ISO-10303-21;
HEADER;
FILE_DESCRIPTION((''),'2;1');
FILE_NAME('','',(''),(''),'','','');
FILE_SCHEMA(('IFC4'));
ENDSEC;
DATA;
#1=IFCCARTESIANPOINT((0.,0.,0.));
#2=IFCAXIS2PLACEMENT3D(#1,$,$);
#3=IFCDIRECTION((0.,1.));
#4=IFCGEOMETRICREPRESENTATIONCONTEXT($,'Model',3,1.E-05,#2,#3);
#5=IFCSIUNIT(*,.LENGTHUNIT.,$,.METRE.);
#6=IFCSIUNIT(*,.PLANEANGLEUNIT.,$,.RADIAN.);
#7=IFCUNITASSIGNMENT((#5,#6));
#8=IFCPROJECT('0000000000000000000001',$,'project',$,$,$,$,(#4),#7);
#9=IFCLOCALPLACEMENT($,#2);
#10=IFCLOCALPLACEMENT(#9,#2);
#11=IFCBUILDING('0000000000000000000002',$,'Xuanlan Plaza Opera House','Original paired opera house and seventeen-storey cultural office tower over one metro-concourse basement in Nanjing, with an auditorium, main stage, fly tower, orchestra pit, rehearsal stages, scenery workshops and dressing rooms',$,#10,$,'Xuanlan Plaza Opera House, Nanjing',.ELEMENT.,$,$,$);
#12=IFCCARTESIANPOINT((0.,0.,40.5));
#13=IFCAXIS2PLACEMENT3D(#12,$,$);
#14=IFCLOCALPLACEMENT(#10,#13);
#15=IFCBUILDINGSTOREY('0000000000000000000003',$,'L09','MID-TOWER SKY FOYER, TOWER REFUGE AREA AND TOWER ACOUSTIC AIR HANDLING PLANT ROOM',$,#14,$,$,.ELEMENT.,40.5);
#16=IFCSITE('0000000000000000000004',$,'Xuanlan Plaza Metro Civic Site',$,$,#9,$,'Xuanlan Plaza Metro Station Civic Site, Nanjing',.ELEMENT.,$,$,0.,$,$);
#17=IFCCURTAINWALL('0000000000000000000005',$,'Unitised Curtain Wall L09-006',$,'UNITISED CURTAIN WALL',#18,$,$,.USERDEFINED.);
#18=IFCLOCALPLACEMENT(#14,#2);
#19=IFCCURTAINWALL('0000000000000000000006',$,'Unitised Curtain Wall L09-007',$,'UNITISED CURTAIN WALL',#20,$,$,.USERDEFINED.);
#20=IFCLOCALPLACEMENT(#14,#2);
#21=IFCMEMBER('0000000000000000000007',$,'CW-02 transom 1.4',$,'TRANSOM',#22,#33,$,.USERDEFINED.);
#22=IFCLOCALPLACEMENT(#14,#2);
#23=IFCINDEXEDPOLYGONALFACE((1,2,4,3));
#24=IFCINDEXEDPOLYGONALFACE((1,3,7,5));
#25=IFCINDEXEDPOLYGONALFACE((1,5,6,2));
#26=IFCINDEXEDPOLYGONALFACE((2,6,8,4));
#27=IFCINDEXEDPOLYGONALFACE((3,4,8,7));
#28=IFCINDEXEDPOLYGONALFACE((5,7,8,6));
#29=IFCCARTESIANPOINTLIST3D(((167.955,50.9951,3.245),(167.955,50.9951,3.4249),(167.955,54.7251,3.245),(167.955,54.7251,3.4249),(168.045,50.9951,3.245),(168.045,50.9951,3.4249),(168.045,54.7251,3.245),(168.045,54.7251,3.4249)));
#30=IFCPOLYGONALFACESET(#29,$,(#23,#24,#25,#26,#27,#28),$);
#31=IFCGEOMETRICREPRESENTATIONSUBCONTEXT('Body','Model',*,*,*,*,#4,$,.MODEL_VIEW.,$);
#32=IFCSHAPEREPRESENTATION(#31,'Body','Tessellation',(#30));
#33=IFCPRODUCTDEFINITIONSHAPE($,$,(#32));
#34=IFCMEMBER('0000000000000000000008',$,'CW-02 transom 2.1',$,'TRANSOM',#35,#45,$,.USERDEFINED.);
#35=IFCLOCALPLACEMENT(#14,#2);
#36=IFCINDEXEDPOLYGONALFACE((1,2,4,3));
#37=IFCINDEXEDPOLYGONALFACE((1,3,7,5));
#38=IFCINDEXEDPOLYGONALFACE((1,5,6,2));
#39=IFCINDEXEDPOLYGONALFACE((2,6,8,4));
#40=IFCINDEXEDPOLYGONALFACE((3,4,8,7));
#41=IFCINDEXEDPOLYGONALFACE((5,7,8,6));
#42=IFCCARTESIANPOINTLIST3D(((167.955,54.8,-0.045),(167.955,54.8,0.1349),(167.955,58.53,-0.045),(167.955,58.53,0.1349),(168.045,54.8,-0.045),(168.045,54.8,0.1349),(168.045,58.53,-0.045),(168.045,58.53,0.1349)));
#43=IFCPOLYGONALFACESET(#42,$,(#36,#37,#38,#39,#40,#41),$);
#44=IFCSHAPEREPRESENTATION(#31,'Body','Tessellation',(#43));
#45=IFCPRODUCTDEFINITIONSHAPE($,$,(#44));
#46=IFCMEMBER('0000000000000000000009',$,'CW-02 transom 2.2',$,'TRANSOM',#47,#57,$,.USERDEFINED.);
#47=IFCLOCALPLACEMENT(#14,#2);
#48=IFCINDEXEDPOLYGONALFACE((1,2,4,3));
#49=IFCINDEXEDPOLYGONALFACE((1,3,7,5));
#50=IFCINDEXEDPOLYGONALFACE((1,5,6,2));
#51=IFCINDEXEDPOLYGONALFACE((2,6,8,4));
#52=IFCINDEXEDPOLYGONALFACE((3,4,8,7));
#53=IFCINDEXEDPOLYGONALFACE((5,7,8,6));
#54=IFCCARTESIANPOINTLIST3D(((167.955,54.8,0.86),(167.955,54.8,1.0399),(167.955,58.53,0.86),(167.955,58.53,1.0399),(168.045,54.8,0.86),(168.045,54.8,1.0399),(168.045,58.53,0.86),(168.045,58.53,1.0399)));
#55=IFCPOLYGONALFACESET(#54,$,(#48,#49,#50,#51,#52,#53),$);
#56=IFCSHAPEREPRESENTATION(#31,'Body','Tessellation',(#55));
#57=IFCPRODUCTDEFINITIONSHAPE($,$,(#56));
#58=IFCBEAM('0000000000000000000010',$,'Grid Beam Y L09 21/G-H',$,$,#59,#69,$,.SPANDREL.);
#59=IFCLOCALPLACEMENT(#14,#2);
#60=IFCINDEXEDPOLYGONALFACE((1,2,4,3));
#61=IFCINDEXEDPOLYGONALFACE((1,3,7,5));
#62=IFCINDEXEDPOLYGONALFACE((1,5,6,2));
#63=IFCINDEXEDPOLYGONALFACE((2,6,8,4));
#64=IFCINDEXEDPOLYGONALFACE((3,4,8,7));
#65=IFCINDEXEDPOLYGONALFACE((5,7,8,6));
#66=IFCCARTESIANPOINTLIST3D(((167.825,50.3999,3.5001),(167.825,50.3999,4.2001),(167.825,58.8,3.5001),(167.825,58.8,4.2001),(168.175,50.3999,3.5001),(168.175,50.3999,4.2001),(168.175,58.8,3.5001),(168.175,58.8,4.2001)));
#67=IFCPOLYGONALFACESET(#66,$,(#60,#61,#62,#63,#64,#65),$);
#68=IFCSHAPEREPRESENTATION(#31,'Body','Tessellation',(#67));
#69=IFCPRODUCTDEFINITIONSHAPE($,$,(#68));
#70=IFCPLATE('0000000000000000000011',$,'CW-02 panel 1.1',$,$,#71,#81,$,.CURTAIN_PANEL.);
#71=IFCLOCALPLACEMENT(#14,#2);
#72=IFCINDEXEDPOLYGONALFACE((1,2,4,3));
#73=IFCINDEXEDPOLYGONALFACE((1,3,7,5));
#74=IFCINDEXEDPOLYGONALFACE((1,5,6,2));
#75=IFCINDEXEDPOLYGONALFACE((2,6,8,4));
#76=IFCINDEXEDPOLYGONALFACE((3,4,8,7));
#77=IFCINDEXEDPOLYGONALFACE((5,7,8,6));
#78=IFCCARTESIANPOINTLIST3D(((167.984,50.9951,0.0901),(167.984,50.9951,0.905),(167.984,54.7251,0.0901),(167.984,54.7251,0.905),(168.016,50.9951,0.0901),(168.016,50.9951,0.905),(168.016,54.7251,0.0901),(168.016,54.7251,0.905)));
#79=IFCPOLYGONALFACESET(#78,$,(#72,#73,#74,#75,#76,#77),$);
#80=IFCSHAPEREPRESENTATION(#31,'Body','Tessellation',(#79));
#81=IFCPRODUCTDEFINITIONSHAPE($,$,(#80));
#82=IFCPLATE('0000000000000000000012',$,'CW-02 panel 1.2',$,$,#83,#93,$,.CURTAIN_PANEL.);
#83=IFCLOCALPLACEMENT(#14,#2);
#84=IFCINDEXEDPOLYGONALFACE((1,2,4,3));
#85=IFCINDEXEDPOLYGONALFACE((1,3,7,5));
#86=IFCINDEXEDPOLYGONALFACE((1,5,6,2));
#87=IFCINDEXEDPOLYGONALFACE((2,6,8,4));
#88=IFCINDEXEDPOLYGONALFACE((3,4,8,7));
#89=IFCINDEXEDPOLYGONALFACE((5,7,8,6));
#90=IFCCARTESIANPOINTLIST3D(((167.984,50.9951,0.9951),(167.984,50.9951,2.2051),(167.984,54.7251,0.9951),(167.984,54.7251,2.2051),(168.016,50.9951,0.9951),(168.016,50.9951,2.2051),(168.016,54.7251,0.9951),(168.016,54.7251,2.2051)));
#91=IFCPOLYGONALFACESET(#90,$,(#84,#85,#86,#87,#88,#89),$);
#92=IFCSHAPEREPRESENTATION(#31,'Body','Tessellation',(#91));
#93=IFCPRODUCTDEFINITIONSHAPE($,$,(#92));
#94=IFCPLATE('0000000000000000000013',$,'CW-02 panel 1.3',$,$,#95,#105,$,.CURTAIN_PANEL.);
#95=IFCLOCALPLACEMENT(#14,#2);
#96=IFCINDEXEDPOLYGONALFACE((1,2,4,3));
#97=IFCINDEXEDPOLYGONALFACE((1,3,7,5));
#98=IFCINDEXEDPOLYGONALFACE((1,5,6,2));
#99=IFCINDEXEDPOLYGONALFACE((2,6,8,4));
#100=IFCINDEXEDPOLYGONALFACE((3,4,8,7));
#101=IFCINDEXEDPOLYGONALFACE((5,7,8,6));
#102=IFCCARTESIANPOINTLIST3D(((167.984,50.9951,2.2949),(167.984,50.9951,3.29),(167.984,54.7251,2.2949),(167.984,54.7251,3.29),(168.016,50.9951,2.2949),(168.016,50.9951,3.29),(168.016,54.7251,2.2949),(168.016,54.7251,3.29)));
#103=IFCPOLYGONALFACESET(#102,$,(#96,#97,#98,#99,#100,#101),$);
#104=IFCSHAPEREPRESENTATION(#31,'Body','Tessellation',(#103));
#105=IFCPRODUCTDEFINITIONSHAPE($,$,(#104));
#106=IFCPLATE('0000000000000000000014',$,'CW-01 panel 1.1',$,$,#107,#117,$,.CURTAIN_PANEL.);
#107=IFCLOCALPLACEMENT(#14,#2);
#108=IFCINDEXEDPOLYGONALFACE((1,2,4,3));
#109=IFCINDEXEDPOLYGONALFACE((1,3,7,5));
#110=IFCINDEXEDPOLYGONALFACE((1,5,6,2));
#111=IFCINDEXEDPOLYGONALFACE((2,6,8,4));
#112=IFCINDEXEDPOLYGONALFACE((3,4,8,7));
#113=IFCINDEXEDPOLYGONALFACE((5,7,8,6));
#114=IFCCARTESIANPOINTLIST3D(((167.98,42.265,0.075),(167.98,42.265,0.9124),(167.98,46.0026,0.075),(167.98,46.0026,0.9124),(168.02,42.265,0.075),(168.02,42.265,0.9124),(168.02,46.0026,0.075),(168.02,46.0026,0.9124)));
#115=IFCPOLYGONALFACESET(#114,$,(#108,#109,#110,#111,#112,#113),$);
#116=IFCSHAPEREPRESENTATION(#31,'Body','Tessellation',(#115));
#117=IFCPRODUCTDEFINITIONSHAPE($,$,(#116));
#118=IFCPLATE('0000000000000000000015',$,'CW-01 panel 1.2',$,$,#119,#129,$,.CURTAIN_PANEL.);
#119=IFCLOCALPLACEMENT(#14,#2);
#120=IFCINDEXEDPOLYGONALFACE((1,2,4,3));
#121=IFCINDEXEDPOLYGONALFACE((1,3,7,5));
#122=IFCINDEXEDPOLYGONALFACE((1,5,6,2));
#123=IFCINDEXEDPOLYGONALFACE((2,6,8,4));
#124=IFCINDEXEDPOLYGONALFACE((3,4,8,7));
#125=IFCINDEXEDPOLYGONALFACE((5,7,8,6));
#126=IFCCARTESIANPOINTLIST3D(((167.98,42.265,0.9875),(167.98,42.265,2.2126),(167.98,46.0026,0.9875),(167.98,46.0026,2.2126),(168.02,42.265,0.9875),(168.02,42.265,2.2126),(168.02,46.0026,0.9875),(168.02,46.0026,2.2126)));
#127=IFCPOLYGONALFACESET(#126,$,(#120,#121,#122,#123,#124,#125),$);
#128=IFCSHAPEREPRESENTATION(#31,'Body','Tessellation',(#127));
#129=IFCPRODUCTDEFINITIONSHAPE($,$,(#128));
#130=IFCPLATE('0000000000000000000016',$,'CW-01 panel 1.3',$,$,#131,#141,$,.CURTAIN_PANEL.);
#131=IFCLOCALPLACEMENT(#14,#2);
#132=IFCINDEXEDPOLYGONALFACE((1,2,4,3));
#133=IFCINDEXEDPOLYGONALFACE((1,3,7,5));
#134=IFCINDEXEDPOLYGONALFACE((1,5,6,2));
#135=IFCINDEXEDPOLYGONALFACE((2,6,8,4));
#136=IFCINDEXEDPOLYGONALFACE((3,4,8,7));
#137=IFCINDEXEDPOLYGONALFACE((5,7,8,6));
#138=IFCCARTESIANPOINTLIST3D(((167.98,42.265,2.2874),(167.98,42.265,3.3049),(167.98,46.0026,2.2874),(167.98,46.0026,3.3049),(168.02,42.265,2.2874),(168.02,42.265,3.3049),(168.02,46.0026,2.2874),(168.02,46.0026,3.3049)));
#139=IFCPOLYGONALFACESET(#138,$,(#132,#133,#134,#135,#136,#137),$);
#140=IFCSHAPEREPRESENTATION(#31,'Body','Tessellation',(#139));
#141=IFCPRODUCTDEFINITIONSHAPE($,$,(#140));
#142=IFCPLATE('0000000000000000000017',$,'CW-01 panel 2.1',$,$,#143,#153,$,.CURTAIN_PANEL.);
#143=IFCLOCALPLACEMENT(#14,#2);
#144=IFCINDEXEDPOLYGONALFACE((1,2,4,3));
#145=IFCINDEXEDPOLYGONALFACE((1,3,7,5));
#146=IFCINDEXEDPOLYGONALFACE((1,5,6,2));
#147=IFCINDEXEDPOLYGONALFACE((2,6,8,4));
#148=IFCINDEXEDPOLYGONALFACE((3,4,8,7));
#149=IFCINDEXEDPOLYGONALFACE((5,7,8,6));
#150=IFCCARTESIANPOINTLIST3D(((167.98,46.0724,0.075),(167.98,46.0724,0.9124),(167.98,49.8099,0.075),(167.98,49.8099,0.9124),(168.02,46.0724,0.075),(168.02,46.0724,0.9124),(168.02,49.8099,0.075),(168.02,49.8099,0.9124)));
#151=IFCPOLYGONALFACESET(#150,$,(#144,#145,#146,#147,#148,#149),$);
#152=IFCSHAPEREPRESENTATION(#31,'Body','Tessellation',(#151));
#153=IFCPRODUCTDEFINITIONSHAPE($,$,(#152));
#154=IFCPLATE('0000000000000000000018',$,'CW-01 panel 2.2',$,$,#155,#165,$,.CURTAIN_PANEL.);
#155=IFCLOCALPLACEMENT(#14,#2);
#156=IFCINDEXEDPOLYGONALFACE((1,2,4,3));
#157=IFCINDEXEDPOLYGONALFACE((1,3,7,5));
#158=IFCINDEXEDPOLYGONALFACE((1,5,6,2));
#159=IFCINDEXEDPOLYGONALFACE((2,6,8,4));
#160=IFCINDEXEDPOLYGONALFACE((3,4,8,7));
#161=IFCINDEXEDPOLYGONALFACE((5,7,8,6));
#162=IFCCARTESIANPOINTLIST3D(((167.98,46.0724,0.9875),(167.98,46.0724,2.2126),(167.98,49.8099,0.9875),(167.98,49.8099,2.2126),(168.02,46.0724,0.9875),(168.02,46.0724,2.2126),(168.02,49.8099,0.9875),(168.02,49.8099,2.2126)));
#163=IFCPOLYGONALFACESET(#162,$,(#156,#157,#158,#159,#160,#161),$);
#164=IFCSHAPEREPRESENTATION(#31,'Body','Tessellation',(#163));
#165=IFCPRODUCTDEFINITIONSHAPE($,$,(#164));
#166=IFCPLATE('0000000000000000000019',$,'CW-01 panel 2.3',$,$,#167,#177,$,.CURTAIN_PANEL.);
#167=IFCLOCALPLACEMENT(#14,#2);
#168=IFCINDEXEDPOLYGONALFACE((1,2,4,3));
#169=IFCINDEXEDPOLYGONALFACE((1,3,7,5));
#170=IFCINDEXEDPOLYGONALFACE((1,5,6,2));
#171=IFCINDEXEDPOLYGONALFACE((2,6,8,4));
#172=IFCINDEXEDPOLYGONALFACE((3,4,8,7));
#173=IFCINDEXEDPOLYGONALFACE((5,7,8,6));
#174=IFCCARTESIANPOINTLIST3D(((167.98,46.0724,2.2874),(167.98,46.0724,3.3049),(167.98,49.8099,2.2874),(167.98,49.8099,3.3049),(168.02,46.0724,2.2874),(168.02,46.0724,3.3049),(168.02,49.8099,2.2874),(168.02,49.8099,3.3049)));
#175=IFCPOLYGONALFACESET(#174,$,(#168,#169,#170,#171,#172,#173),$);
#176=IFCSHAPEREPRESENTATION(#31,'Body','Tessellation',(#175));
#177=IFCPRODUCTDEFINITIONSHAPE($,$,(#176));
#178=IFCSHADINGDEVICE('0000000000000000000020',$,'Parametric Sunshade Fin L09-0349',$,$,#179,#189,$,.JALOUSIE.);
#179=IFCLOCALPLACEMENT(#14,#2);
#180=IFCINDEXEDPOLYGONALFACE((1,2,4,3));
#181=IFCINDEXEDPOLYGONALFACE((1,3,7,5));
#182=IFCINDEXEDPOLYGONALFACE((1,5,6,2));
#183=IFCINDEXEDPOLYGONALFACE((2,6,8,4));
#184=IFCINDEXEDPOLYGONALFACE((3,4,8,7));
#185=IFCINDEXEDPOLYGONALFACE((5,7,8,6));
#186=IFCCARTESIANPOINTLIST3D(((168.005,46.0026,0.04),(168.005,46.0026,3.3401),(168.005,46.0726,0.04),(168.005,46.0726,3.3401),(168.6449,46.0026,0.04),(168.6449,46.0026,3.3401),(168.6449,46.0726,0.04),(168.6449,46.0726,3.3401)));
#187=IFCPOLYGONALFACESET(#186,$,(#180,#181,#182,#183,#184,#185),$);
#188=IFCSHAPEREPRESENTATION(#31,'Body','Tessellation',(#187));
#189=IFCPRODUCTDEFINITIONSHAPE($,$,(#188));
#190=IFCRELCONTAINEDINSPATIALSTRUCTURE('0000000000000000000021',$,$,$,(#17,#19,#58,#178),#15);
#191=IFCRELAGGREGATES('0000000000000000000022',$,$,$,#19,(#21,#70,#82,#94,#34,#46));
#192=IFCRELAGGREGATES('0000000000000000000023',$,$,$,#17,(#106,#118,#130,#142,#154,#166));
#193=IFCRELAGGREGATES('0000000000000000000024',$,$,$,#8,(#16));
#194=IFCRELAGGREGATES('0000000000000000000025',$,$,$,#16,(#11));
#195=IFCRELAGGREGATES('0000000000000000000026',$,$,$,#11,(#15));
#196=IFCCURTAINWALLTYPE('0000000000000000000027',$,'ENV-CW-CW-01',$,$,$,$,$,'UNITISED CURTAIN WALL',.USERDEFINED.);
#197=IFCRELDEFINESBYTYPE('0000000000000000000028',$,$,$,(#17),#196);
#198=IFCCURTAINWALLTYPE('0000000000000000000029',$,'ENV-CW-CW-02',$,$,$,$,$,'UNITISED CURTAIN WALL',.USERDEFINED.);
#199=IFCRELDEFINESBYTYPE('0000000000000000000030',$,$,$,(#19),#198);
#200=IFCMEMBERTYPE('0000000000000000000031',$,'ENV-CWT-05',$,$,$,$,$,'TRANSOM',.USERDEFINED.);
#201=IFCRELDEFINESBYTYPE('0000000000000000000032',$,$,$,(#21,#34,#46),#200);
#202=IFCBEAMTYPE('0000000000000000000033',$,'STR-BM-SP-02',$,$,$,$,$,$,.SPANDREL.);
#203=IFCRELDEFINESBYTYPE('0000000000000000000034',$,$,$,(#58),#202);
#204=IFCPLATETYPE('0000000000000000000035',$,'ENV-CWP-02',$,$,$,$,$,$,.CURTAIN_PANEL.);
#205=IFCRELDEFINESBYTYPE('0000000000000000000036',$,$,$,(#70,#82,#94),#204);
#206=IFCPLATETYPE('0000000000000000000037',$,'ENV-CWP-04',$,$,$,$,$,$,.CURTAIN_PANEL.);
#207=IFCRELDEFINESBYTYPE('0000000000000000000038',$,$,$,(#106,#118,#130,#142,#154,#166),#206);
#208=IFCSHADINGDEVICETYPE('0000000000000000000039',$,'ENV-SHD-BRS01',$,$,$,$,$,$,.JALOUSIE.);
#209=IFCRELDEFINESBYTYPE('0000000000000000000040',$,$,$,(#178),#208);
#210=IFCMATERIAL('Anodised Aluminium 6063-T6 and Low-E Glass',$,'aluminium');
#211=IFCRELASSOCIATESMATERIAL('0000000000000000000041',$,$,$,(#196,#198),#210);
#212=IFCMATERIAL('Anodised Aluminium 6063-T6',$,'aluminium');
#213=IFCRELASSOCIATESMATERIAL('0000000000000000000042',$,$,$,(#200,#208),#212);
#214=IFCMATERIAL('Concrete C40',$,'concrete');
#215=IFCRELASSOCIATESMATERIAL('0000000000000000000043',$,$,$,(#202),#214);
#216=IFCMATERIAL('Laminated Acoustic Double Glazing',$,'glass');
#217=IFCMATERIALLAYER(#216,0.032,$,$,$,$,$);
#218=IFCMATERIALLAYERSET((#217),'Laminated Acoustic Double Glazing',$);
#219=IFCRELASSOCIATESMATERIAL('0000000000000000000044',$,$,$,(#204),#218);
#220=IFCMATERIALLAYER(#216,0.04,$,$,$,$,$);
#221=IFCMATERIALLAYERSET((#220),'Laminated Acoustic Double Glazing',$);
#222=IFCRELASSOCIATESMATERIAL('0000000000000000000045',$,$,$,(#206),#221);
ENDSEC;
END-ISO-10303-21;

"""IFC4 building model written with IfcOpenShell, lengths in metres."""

from ifc_helpers import new_model, si_unit, direction, frame, origin, origin_2d, place, context, subcontext, project, spatial, rectangle, extrude, material, layer, layer_set, material_profile, profile_set, type_object, element, aggregate, save


model = new_model("IFC4")

# Units and contexts
model_context = context("Model", 3, precision=1e-05, world=origin(), true_north=direction((0.0, 1.0)))
body_context = subcontext(model_context, "Body", "Model", "MODEL_VIEW")
ifc_project = project(units=[si_unit("LENGTHUNIT", "METRE"), si_unit("PLANEANGLEUNIT", "RADIAN")], contexts=[model_context])

# Site, building, storey
site_placement = place(None, origin())
site = spatial("IfcSite", under=ifc_project, at=site_placement, Name="Xuanlan Plaza Metro Civic Site", LongName="Xuanlan Plaza Metro Station Civic Site, Nanjing", CompositionType="ELEMENT", RefElevation=0.0)
building_placement = place(site_placement, origin())
building = spatial("IfcBuilding", under=site, at=building_placement, Name="Xuanlan Plaza Opera House", Description="Original paired opera house and seventeen-storey cultural office tower over one metro-concourse basement in Nanjing, with an auditorium, main stage, fly tower, orchestra pit, rehearsal stages, scenery workshops and dressing rooms", LongName="Xuanlan Plaza Opera House, Nanjing", CompositionType="ELEMENT")
storey_placement = place(building_placement, frame((0.0, 0.0, 40.5)))
storey = spatial("IfcBuildingStorey", under=building, at=storey_placement, Name="L09", Description="MID-TOWER SKY FOYER, TOWER REFUGE AREA AND TOWER ACOUSTIC AIR HANDLING PLANT ROOM", CompositionType="ELEMENT", Elevation=40.5)

# Curtain walls
ifc_material_1 = material(Name="Anodised Aluminium 6063-T6 and Low-E Glass", Category="aluminium")
curtain_wall_type_1 = type_object("IfcCurtainWallType", Name="ENV-CW-CW-01", ElementType="UNITISED CURTAIN WALL", PredefinedType="USERDEFINED", material=ifc_material_1)
curtain_wall_1_placement = place(storey_placement, origin())
curtain_wall_1 = element("IfcCurtainWall", 1, at=curtain_wall_1_placement, inside=storey, type_object=curtain_wall_type_1, Name="Unitised Curtain Wall L09-006", ObjectType="UNITISED CURTAIN WALL", PredefinedType="USERDEFINED")
ifc_material_2 = material(Name="Anodised Aluminium 6063-T6", Category="aluminium")
curtain_wall_type_2 = type_object("IfcCurtainWallType", Name="ENV-CW-CW-02", ElementType="UNITISED CURTAIN WALL", PredefinedType="USERDEFINED", material=ifc_material_1)
curtain_wall_2_placement = place(storey_placement, origin())
curtain_wall_2 = element("IfcCurtainWall", 2, at=curtain_wall_2_placement, inside=storey, type_object=curtain_wall_type_2, Name="Unitised Curtain Wall L09-007", ObjectType="UNITISED CURTAIN WALL", PredefinedType="USERDEFINED")

# Members
ifc_material_profile_1 = material_profile(ifc_material_2, rectangle(XDim=0.0901, YDim=0.1799, at=origin_2d()), Name="ALU-T 90x180")
ifc_profile_set_1 = profile_set([ifc_material_profile_1], Name="Anodised Aluminium 6063-T6")
member_type_1 = type_object("IfcMemberType", Name="ENV-CWT-05", ElementType="TRANSOM", PredefinedType="USERDEFINED", material=ifc_profile_set_1)
member_1_placement = place(storey_placement, frame((168.0, 50.9951, 3.335), z_axis=(0.0, 1.0, 0.0), x_axis=(-1.0, 0.0, 0.0)))
member_1 = element("IfcMember", 3, at=member_1_placement, type_object=member_type_1, Name="CW-02 transom 1.4", ObjectType="TRANSOM", PredefinedType="USERDEFINED", context=body_context, shape_type="SweptSolid", body=[
    extrude(rectangle(XDim=0.0901, YDim=0.1799, at=origin_2d()), origin(), (0.0, 0.0, 1.0), 3.73),
])
member_2_placement = place(storey_placement, frame((168.0, 54.8, 0.0449), z_axis=(0.0, 1.0, 0.0), x_axis=(-1.0, 0.0, 0.0)))
member_2 = element("IfcMember", 4, at=member_2_placement, type_object=member_type_1, Name="CW-02 transom 2.1", ObjectType="TRANSOM", PredefinedType="USERDEFINED", context=body_context, shape_type="SweptSolid", body=[
    extrude(rectangle(XDim=0.0901, YDim=0.1799, at=origin_2d()), origin(), (0.0, 0.0, 1.0), 3.73),
])
member_3_placement = place(storey_placement, frame((168.0, 54.8, 0.95), z_axis=(0.0, 1.0, 0.0), x_axis=(-1.0, 0.0, 0.0)))
member_3 = element("IfcMember", 5, at=member_3_placement, type_object=member_type_1, Name="CW-02 transom 2.2", ObjectType="TRANSOM", PredefinedType="USERDEFINED", context=body_context, shape_type="SweptSolid", body=[
    extrude(rectangle(XDim=0.0901, YDim=0.1799, at=origin_2d()), origin(), (0.0, 0.0, 1.0), 3.73),
])

# Beam
ifc_material_3 = material(Name="Concrete C40", Category="concrete")
ifc_material_profile_2 = material_profile(ifc_material_3, rectangle(XDim=0.3501, YDim=0.7, at=origin_2d()), Name="RC-SPD 350x700")
ifc_profile_set_2 = profile_set([ifc_material_profile_2], Name="Concrete C40")
beam_type = type_object("IfcBeamType", Name="STR-BM-SP-02", PredefinedType="SPANDREL", material=ifc_profile_set_2)
beam_placement = place(storey_placement, frame((168.0, 50.3999, 3.8501), z_axis=(0.0, 1.0, 0.0), x_axis=(-1.0, 0.0, 0.0)))
element("IfcBeam", 6, at=beam_placement, inside=storey, type_object=beam_type, Name="Grid Beam Y L09 21/G-H", PredefinedType="SPANDREL", context=body_context, shape_type="SweptSolid", body=[
    extrude(rectangle(XDim=0.3501, YDim=0.7, at=origin_2d()), origin(), (0.0, 0.0, 1.0), 8.4001),
])

# Plates
ifc_material_4 = material(Name="Laminated Acoustic Double Glazing", Category="glass")
ifc_layer_1 = layer(ifc_material_4, 0.032)
ifc_layer_set_1 = layer_set([ifc_layer_1], Name="Laminated Acoustic Double Glazing")
plate_type_1 = type_object("IfcPlateType", Name="ENV-CWP-02", PredefinedType="CURTAIN_PANEL", material=ifc_layer_set_1)
plate_1_placement = place(storey_placement, frame((168.0, 52.8601, 0.0901), z_axis=(0.0, 0.0, 1.0), x_axis=(0.0, 1.0, 0.0)))
plate_1 = element("IfcPlate", 7, at=plate_1_placement, type_object=plate_type_1, Name="CW-02 panel 1.1", PredefinedType="CURTAIN_PANEL", context=body_context, shape_type="SweptSolid", body=[
    extrude(rectangle(XDim=3.73, YDim=0.032, at=origin_2d()), origin(), (0.0, 0.0, 1.0), 0.8149),
])
plate_2_placement = place(storey_placement, frame((168.0, 52.8601, 0.9951), z_axis=(0.0, 0.0, 1.0), x_axis=(0.0, 1.0, 0.0)))
plate_2 = element("IfcPlate", 8, at=plate_2_placement, type_object=plate_type_1, Name="CW-02 panel 1.2", PredefinedType="CURTAIN_PANEL", context=body_context, shape_type="SweptSolid", body=[
    extrude(rectangle(XDim=3.73, YDim=0.032, at=origin_2d()), origin(), (0.0, 0.0, 1.0), 1.21),
])
plate_3_placement = place(storey_placement, frame((168.0, 52.8601, 2.2949), z_axis=(0.0, 0.0, 1.0), x_axis=(0.0, 1.0, 0.0)))
plate_3 = element("IfcPlate", 9, at=plate_3_placement, type_object=plate_type_1, Name="CW-02 panel 1.3", PredefinedType="CURTAIN_PANEL", context=body_context, shape_type="SweptSolid", body=[
    extrude(rectangle(XDim=3.73, YDim=0.032, at=origin_2d()), origin(), (0.0, 0.0, 1.0), 0.9951),
])
aggregate(curtain_wall_2, [member_1, plate_1, plate_2, plate_3, member_2, member_3])
ifc_layer_2 = layer(ifc_material_4, 0.04)
ifc_layer_set_2 = layer_set([ifc_layer_2], Name="Laminated Acoustic Double Glazing")
plate_type_2 = type_object("IfcPlateType", Name="ENV-CWP-04", PredefinedType="CURTAIN_PANEL", material=ifc_layer_set_2)
plate_4_placement = place(storey_placement, frame((168.0, 44.1338, 0.075), z_axis=(0.0, 0.0, 1.0), x_axis=(0.0, 1.0, 0.0)))
plate_4 = element("IfcPlate", 10, at=plate_4_placement, type_object=plate_type_2, Name="CW-01 panel 1.1", PredefinedType="CURTAIN_PANEL", context=body_context, shape_type="SweptSolid", body=[
    extrude(rectangle(XDim=3.7375, YDim=0.04, at=origin_2d()), origin(), (0.0, 0.0, 1.0), 0.8374),
])
plate_5_placement = place(storey_placement, frame((168.0, 44.1338, 0.9875), z_axis=(0.0, 0.0, 1.0), x_axis=(0.0, 1.0, 0.0)))
plate_5 = element("IfcPlate", 11, at=plate_5_placement, type_object=plate_type_2, Name="CW-01 panel 1.2", PredefinedType="CURTAIN_PANEL", context=body_context, shape_type="SweptSolid", body=[
    extrude(rectangle(XDim=3.7375, YDim=0.04, at=origin_2d()), origin(), (0.0, 0.0, 1.0), 1.2251),
])
plate_6_placement = place(storey_placement, frame((168.0, 44.1338, 2.2874), z_axis=(0.0, 0.0, 1.0), x_axis=(0.0, 1.0, 0.0)))
plate_6 = element("IfcPlate", 12, at=plate_6_placement, type_object=plate_type_2, Name="CW-01 panel 1.3", PredefinedType="CURTAIN_PANEL", context=body_context, shape_type="SweptSolid", body=[
    extrude(rectangle(XDim=3.7375, YDim=0.04, at=origin_2d()), origin(), (0.0, 0.0, 1.0), 1.0176),
])
plate_7_placement = place(storey_placement, frame((168.0, 47.9412, 0.075), z_axis=(0.0, 0.0, 1.0), x_axis=(0.0, 1.0, 0.0)))
plate_7 = element("IfcPlate", 13, at=plate_7_placement, type_object=plate_type_2, Name="CW-01 panel 2.1", PredefinedType="CURTAIN_PANEL", context=body_context, shape_type="SweptSolid", body=[
    extrude(rectangle(XDim=3.7375, YDim=0.04, at=origin_2d()), origin(), (0.0, 0.0, 1.0), 0.8374),
])
plate_8_placement = place(storey_placement, frame((168.0, 47.9412, 0.9875), z_axis=(0.0, 0.0, 1.0), x_axis=(0.0, 1.0, 0.0)))
plate_8 = element("IfcPlate", 14, at=plate_8_placement, type_object=plate_type_2, Name="CW-01 panel 2.2", PredefinedType="CURTAIN_PANEL", context=body_context, shape_type="SweptSolid", body=[
    extrude(rectangle(XDim=3.7375, YDim=0.04, at=origin_2d()), origin(), (0.0, 0.0, 1.0), 1.2251),
])
plate_9_placement = place(storey_placement, frame((168.0, 47.9412, 2.2874), z_axis=(0.0, 0.0, 1.0), x_axis=(0.0, 1.0, 0.0)))
plate_9 = element("IfcPlate", 15, at=plate_9_placement, type_object=plate_type_2, Name="CW-01 panel 2.3", PredefinedType="CURTAIN_PANEL", context=body_context, shape_type="SweptSolid", body=[
    extrude(rectangle(XDim=3.7375, YDim=0.04, at=origin_2d()), origin(), (0.0, 0.0, 1.0), 1.0176),
])
aggregate(curtain_wall_1, [plate_4, plate_5, plate_6, plate_7, plate_8, plate_9])

# Shading device
shading_device_type = type_object("IfcShadingDeviceType", Name="ENV-SHD-BRS01", PredefinedType="JALOUSIE", material=ifc_material_2)
for number, where, z_axis, x_axis, name in (
    (16, (168.325, 46.0376, 0.04), (0.0, 0.0, 1.0), (1.0, 0.0, 0.0), "Parametric Sunshade Fin L09-0349"),
):
    element("IfcShadingDevice", number, at=place(storey_placement, frame(where, z_axis=z_axis, x_axis=x_axis)), inside=storey, type_object=shading_device_type, Name=name, PredefinedType="JALOUSIE", context=body_context, shape_type="SweptSolid", body=[
        extrude(rectangle(XDim=0.6399, YDim=0.0701, at=origin_2d()), origin(), (0.0, 0.0, 1.0), 3.3),
    ])

save(model, "model.ifc")
